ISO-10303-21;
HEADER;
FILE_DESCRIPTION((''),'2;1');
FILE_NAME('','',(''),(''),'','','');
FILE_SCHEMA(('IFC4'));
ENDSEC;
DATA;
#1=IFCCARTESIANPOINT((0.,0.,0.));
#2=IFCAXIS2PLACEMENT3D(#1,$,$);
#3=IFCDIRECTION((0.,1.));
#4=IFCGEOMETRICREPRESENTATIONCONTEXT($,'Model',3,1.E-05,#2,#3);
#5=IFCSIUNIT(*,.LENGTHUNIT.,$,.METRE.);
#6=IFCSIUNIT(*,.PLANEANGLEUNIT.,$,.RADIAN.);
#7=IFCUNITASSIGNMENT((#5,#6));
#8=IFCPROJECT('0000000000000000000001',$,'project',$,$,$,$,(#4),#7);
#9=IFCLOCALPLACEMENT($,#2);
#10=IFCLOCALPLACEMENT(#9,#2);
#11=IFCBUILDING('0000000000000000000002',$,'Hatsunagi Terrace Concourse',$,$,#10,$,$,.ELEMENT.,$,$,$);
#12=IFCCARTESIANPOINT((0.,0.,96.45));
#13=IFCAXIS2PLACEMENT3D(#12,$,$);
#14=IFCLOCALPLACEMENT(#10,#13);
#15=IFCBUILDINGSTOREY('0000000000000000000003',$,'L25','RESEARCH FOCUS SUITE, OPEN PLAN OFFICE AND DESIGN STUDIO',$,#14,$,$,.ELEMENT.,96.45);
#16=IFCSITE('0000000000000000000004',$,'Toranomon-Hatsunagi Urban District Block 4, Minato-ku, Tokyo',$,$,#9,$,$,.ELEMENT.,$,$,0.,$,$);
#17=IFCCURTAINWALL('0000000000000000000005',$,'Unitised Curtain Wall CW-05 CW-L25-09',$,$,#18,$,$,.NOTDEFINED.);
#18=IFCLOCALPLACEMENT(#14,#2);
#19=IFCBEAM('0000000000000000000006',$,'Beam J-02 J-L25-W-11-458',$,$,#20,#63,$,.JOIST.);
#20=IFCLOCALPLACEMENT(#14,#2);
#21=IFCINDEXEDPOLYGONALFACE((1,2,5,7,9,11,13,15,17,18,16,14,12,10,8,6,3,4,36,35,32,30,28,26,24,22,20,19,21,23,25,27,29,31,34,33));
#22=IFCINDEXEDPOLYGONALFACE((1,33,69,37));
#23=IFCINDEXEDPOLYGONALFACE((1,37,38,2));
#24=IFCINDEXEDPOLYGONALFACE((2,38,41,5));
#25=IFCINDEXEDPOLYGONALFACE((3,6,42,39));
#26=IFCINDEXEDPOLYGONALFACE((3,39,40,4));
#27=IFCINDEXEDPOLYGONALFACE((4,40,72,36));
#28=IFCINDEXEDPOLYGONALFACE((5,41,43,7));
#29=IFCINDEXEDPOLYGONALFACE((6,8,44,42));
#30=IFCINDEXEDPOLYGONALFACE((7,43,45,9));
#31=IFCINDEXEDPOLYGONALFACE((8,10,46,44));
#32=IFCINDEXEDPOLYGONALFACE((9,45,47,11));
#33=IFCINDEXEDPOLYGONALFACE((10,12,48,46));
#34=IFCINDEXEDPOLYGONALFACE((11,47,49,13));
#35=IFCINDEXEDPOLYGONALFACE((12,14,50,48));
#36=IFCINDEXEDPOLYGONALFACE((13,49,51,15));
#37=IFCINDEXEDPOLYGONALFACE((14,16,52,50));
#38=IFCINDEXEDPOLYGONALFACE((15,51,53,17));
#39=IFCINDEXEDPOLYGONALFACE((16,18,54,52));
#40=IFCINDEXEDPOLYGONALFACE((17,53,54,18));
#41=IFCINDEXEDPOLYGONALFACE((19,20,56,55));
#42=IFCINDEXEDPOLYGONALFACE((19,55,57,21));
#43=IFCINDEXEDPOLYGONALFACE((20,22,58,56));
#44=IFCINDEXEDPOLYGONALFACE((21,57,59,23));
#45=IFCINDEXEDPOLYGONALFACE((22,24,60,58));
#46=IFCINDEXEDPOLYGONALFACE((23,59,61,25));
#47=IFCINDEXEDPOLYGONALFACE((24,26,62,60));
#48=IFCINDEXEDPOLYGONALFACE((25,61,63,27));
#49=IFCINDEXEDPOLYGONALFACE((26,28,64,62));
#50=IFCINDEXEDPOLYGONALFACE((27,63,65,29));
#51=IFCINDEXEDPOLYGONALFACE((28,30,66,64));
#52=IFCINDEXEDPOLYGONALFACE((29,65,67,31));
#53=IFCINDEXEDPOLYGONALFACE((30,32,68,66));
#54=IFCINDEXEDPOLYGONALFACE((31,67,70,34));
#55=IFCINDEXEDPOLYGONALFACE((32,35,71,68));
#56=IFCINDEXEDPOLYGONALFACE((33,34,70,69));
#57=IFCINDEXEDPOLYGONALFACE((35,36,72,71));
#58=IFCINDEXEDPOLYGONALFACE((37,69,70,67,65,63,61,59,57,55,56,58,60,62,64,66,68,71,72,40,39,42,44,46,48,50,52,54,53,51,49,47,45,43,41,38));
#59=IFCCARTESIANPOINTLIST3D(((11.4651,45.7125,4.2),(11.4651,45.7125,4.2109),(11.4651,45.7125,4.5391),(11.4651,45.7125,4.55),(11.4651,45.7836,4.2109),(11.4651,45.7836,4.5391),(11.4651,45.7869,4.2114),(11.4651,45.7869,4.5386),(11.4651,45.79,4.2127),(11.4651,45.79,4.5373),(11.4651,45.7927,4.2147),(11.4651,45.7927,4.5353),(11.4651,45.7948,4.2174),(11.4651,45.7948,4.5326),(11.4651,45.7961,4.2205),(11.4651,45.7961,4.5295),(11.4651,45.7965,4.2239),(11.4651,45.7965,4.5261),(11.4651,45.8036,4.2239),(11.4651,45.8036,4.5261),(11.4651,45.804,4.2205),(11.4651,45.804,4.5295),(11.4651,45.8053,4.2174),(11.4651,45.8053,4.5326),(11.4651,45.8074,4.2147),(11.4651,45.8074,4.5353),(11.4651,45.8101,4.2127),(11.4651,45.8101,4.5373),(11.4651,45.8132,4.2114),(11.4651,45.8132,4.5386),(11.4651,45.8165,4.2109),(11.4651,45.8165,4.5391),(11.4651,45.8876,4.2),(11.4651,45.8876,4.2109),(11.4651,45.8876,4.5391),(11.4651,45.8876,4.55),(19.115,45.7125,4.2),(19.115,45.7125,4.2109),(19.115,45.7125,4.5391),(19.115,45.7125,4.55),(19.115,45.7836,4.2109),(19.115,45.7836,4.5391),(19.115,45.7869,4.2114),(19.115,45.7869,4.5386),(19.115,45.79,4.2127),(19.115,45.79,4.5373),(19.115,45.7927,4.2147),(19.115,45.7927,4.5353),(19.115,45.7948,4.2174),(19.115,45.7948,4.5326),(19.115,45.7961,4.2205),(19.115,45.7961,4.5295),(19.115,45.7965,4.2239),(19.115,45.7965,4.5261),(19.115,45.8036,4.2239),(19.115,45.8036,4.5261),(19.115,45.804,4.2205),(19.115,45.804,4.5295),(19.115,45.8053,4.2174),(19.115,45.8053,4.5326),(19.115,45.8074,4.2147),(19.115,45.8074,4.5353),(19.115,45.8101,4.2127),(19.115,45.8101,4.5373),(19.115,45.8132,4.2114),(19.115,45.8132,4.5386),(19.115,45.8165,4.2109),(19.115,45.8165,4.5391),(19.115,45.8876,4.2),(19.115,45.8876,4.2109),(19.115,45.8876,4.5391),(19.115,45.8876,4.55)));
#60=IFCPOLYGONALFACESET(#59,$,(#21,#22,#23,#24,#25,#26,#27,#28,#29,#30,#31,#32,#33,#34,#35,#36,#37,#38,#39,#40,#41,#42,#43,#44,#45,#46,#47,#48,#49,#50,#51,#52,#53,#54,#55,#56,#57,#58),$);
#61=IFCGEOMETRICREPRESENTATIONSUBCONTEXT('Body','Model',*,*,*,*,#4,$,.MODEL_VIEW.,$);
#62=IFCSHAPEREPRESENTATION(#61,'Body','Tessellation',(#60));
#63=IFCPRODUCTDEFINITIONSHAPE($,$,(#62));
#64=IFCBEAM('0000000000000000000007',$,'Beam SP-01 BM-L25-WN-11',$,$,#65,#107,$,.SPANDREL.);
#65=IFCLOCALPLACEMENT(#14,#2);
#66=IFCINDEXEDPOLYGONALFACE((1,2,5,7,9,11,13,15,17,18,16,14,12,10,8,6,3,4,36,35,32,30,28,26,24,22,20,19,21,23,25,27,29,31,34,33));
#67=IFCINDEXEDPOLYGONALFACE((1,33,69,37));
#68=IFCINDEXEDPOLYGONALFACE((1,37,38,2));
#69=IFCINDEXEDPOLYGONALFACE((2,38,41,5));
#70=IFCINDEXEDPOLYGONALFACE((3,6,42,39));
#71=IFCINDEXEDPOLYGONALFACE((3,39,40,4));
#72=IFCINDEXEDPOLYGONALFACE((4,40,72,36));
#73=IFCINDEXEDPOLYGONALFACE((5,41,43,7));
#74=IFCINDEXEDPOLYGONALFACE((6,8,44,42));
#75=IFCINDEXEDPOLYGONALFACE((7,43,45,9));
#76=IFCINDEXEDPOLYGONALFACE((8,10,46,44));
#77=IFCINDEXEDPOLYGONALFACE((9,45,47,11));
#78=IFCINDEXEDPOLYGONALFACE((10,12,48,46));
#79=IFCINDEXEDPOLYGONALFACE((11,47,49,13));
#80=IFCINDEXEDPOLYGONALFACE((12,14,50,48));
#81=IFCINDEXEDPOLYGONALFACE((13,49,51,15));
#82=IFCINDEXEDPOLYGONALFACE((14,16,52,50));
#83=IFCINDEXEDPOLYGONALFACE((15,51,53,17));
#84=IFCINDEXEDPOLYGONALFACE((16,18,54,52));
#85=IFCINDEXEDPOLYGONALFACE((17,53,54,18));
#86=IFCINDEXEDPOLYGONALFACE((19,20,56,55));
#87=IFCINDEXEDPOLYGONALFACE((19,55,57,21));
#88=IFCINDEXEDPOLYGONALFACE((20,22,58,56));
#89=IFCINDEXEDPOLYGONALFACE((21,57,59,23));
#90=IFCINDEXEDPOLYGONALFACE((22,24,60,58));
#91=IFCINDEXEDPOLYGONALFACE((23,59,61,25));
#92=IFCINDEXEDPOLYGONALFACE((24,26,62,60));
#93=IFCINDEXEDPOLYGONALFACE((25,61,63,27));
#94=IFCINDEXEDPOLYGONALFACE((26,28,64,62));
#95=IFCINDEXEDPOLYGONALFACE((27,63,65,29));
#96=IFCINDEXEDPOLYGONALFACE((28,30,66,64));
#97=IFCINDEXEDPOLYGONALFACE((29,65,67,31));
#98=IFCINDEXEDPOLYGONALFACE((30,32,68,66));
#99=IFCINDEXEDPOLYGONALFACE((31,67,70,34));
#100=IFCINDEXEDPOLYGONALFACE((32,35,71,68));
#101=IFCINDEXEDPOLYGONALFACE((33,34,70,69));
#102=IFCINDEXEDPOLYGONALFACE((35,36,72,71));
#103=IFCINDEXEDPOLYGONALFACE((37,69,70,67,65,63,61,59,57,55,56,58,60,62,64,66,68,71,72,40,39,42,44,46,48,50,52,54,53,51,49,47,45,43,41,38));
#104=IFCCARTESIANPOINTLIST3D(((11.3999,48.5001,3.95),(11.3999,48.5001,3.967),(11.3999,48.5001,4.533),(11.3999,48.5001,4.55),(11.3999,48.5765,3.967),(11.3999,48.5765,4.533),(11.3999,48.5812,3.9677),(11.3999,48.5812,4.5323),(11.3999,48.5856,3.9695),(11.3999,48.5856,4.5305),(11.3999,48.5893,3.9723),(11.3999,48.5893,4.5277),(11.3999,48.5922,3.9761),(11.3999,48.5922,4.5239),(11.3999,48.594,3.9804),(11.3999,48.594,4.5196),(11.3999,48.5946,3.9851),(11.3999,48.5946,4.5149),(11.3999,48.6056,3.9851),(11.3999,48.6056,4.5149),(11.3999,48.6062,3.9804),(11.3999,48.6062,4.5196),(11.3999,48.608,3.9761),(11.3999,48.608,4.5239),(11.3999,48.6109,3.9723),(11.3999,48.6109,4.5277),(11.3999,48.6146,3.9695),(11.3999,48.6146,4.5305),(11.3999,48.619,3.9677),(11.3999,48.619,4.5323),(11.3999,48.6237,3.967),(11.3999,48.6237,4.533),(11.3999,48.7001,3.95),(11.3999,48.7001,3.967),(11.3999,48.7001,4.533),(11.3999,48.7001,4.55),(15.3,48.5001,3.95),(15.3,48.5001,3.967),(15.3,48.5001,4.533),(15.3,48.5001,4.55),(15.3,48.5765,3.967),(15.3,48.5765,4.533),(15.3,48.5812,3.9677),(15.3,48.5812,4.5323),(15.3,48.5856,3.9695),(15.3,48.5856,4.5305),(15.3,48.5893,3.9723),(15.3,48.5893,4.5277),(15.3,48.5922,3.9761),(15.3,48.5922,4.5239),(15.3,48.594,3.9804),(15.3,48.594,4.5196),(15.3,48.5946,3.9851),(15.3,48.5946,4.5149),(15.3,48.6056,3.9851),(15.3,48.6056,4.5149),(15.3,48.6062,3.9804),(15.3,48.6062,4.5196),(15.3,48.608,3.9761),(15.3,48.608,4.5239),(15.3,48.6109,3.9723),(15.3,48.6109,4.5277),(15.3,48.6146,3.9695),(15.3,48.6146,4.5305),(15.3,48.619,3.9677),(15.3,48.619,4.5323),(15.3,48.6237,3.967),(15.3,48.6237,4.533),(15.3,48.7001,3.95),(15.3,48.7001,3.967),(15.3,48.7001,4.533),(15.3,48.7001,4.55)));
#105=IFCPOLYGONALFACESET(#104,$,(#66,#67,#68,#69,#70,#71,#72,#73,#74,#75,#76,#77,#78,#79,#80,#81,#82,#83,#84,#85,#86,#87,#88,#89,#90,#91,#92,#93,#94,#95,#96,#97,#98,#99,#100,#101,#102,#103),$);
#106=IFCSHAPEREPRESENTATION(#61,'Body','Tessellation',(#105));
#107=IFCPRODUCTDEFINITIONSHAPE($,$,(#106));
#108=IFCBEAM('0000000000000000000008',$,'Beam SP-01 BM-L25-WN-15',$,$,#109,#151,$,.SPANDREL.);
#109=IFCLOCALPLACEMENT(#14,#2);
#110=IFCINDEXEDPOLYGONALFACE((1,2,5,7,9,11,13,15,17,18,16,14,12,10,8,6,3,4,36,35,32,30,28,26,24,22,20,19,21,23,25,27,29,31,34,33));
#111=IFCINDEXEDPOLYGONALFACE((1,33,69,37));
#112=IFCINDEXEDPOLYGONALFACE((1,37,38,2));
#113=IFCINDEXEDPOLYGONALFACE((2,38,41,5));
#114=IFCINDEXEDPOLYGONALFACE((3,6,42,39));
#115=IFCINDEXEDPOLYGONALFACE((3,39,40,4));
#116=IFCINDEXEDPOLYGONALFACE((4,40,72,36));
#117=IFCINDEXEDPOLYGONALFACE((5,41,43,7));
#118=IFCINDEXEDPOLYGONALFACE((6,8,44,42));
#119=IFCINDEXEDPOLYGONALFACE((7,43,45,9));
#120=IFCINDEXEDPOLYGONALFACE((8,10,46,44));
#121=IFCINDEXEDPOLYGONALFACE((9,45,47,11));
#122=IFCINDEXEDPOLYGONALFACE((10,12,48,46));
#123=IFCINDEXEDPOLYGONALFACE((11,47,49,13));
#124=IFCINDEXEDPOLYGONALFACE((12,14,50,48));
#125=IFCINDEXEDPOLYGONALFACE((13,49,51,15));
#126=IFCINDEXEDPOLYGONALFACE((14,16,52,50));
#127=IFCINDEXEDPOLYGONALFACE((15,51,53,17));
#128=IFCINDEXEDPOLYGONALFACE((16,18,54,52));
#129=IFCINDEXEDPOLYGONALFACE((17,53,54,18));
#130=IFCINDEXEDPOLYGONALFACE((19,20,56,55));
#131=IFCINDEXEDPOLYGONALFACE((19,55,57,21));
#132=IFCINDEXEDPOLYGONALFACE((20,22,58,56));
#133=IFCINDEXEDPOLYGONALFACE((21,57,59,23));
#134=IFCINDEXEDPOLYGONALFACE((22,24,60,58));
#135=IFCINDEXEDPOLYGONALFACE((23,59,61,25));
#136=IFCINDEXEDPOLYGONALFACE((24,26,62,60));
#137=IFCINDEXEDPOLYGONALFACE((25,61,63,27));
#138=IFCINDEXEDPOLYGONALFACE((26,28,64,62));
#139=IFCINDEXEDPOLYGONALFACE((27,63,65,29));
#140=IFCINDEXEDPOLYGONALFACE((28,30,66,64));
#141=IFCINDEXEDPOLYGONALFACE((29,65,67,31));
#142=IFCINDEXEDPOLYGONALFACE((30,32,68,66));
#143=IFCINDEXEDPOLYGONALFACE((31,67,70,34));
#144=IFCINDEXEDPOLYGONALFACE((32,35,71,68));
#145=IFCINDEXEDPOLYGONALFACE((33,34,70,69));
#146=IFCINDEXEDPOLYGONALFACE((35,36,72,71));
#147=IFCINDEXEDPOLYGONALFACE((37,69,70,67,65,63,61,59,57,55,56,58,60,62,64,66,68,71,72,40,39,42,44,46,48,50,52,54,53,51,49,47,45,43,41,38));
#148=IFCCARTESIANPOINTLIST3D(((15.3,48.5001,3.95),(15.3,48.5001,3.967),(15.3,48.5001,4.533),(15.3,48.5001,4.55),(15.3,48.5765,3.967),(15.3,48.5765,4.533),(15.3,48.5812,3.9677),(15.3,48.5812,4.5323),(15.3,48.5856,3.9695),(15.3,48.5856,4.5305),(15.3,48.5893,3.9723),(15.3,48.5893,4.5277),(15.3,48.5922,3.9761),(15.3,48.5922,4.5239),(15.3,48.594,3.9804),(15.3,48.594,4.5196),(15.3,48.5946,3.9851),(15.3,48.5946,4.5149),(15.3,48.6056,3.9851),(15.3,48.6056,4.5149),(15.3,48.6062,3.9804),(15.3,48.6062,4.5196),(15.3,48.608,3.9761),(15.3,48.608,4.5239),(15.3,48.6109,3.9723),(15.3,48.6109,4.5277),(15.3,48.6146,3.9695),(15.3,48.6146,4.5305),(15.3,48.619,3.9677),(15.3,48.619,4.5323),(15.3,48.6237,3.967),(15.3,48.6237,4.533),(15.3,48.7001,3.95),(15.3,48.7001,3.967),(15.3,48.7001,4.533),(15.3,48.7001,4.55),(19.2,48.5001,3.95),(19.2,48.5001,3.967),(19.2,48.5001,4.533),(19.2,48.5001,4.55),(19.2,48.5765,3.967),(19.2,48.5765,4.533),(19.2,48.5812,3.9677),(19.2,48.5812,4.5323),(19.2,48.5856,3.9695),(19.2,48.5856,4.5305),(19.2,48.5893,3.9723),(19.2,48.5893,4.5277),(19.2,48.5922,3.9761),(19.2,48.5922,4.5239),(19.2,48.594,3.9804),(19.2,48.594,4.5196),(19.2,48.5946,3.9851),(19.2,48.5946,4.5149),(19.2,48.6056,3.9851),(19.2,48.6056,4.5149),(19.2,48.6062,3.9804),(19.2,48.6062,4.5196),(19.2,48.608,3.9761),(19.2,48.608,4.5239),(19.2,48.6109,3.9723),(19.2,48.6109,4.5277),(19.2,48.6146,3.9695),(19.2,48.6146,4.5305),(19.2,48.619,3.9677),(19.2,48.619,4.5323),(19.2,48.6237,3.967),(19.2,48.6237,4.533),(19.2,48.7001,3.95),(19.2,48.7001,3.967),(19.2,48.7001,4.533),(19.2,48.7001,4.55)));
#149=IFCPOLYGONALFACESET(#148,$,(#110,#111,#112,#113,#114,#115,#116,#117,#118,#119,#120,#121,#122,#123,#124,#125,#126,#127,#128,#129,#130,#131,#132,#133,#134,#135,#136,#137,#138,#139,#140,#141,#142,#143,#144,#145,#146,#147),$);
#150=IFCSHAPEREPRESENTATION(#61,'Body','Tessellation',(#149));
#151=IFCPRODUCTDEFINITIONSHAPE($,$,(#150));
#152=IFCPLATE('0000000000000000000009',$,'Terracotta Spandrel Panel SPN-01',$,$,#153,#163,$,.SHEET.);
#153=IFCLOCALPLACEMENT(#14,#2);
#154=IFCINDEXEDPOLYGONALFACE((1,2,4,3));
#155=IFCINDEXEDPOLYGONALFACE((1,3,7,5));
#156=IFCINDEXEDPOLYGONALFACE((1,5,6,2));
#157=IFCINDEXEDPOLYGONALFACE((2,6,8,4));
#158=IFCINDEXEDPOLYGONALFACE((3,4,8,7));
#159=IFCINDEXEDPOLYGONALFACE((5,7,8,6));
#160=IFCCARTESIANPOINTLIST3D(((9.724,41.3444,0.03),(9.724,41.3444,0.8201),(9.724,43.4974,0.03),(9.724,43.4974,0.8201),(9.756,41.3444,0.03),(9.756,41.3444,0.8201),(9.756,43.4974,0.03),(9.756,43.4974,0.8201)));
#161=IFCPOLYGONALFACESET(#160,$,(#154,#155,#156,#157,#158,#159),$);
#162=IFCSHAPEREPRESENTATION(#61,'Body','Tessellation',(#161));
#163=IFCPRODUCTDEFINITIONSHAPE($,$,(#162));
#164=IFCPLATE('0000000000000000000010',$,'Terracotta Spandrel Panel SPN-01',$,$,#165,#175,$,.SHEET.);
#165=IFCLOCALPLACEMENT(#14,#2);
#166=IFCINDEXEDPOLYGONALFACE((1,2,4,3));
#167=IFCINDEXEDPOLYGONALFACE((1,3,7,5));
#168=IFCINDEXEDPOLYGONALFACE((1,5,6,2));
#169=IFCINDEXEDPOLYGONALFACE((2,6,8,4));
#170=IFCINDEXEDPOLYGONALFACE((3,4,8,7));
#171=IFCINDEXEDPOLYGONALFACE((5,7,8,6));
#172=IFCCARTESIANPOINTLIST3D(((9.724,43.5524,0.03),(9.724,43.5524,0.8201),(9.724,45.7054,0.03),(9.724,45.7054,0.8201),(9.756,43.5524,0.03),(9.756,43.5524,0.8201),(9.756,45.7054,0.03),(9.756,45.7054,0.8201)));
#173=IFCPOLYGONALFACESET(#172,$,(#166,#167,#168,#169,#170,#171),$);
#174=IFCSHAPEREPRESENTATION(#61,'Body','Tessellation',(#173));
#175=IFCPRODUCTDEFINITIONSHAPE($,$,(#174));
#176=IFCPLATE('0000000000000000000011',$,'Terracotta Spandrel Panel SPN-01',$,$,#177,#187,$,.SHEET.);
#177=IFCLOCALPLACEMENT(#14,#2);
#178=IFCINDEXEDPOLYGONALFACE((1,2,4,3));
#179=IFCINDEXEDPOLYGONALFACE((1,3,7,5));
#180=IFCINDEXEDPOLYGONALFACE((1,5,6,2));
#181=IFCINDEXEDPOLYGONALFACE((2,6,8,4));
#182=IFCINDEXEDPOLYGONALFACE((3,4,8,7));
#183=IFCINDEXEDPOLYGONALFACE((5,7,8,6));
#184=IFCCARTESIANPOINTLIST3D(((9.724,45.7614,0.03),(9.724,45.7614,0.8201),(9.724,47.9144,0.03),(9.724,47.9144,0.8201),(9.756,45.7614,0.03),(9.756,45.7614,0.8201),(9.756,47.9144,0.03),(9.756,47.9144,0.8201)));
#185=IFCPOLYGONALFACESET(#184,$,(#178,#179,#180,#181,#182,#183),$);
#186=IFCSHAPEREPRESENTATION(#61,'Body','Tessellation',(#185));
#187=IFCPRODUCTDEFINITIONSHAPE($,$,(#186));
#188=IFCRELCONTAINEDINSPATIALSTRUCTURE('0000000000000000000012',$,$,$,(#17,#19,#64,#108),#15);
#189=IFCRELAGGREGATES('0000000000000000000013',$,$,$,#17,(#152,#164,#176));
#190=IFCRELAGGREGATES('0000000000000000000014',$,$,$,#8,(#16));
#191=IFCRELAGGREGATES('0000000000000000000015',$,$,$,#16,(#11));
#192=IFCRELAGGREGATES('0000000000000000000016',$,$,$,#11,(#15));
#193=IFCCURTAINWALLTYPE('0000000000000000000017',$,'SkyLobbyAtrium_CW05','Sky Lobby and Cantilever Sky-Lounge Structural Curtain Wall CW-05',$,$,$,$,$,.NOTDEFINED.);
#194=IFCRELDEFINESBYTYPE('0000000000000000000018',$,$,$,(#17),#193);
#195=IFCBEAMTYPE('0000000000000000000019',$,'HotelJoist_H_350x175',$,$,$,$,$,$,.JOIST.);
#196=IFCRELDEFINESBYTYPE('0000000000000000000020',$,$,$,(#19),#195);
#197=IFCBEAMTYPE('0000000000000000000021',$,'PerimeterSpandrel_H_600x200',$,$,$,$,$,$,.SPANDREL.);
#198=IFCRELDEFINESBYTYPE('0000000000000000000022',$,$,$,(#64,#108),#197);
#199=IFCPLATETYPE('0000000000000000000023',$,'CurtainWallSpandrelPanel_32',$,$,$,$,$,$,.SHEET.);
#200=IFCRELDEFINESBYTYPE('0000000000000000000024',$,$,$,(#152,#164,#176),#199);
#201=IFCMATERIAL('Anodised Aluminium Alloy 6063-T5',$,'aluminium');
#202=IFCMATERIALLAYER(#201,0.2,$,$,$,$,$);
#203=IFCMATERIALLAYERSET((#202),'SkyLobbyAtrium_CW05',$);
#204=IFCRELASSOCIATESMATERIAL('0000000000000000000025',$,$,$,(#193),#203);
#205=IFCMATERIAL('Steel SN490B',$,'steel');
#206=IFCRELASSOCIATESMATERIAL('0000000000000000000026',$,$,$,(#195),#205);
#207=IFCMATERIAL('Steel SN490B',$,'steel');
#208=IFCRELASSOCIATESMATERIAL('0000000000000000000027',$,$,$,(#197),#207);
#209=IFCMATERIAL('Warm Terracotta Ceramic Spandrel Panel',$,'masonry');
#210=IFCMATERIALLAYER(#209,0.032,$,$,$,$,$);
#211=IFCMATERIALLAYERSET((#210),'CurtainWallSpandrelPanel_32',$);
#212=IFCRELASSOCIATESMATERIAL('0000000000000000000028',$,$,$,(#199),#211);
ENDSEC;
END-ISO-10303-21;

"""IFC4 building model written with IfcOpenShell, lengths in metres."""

from ifc_helpers import new_model, si_unit, direction, frame, origin, origin_2d, place, context, subcontext, project, spatial, rectangle, i_section, extrude, material, layer, layer_set, material_profile, profile_set, type_object, element, aggregate, save


model = new_model("IFC4")

# Units and contexts
model_context = context("Model", 3, precision=1e-05, world=origin(), true_north=direction((0.0, 1.0)))
body_context = subcontext(model_context, "Body", "Model", "MODEL_VIEW")
ifc_project = project(units=[si_unit("LENGTHUNIT", "METRE"), si_unit("PLANEANGLEUNIT", "RADIAN")], contexts=[model_context])

# Site, building, storey
site_placement = place(None, origin())
site = spatial("IfcSite", under=ifc_project, at=site_placement, Name="Toranomon-Hatsunagi Urban District Block 4, Minato-ku, Tokyo", CompositionType="ELEMENT", RefElevation=0.0)
building_placement = place(site_placement, origin())
building = spatial("IfcBuilding", under=site, at=building_placement, Name="Hatsunagi Terrace Concourse", CompositionType="ELEMENT")
storey_placement = place(building_placement, frame((0.0, 0.0, 96.45)))
storey = spatial("IfcBuildingStorey", under=building, at=storey_placement, Name="L25", Description="RESEARCH FOCUS SUITE, OPEN PLAN OFFICE AND DESIGN STUDIO", CompositionType="ELEMENT", Elevation=96.45)

# Curtain wall
ifc_material_1 = material(Name="Anodised Aluminium Alloy 6063-T5", Category="aluminium")
ifc_layer_1 = layer(ifc_material_1, 0.2)
ifc_layer_set_1 = layer_set([ifc_layer_1], Name="SkyLobbyAtrium_CW05")
curtain_wall_type = type_object("IfcCurtainWallType", Name="SkyLobbyAtrium_CW05", Description="Sky Lobby and Cantilever Sky-Lounge Structural Curtain Wall CW-05", PredefinedType="NOTDEFINED", material=ifc_layer_set_1)
curtain_wall_placement = place(storey_placement, origin())
curtain_wall = element("IfcCurtainWall", 1, at=curtain_wall_placement, inside=storey, type_object=curtain_wall_type, Name="Unitised Curtain Wall CW-05 CW-L25-09", PredefinedType="NOTDEFINED")

# Beams
ifc_material_2 = material(Name="Steel SN490B", Category="steel")
ifc_material_profile_1 = material_profile(ifc_material_2, i_section(OverallWidth=0.175, OverallDepth=0.3501, WebThickness=0.0071, FlangeThickness=0.011, FilletRadius=0.0129, at=origin_2d()), Name="H-350x175x7x11")
ifc_profile_set_1 = profile_set([ifc_material_profile_1], Name="Steel SN490B")
beam_type_1 = type_object("IfcBeamType", Name="HotelJoist_H_350x175", PredefinedType="JOIST", material=ifc_profile_set_1)
for number, where, z_axis, x_axis, name in (
    (2, (11.4651, 45.8, 4.375), (1.0, 0.0, 0.0), (0.0, 1.0, 0.0), "Beam J-02 J-L25-W-11-458"),
):
    element("IfcBeam", number, at=place(storey_placement, frame(where, z_axis=z_axis, x_axis=x_axis)), inside=storey, type_object=beam_type_1, Name=name, PredefinedType="JOIST", context=body_context, shape_type="SweptSolid", body=[
        extrude(i_section(OverallWidth=0.175, OverallDepth=0.3501, WebThickness=0.0071, FlangeThickness=0.011, FilletRadius=0.0129, at=origin_2d()), origin(), (0.0, 0.0, 1.0), 7.6499),
    ])
ifc_material_3 = material(Name="Steel SN490B", Category="steel")
ifc_material_profile_2 = material_profile(ifc_material_3, i_section(OverallWidth=0.2, OverallDepth=0.6001, WebThickness=0.011, FlangeThickness=0.0171, FilletRadius=0.0181, at=origin_2d()), Name="H-600x200x11x17")
ifc_profile_set_2 = profile_set([ifc_material_profile_2], Name="Steel SN490B")
beam_type_2 = type_object("IfcBeamType", Name="PerimeterSpandrel_H_600x200", PredefinedType="SPANDREL", material=ifc_profile_set_2)
beam_1_placement = place(storey_placement, frame((11.3999, 48.6001, 4.25), z_axis=(1.0, 0.0, 0.0), x_axis=(0.0, 1.0, 0.0)))
element("IfcBeam", 3, at=beam_1_placement, inside=storey, type_object=beam_type_2, Name="Beam SP-01 BM-L25-WN-11", PredefinedType="SPANDREL", context=body_context, shape_type="SweptSolid", body=[
    extrude(i_section(OverallWidth=0.2, OverallDepth=0.6001, WebThickness=0.011, FlangeThickness=0.0171, FilletRadius=0.0181, at=origin_2d()), origin(), (0.0, 0.0, 1.0), 3.9001),
])
beam_2_placement = place(storey_placement, frame((15.3, 48.6001, 4.25), z_axis=(1.0, 0.0, 0.0), x_axis=(0.0, 1.0, 0.0)))
element("IfcBeam", 4, at=beam_2_placement, inside=storey, type_object=beam_type_2, Name="Beam SP-01 BM-L25-WN-15", PredefinedType="SPANDREL", context=body_context, shape_type="SweptSolid", body=[
    extrude(i_section(OverallWidth=0.2, OverallDepth=0.6001, WebThickness=0.011, FlangeThickness=0.0171, FilletRadius=0.0181, at=origin_2d()), origin(), (0.0, 0.0, 1.0), 3.8999),
])

# Plates
ifc_material_4 = material(Name="Warm Terracotta Ceramic Spandrel Panel", Category="masonry")
ifc_layer_2 = layer(ifc_material_4, 0.032)
ifc_layer_set_2 = layer_set([ifc_layer_2], Name="CurtainWallSpandrelPanel_32")
plate_type_1 = type_object("IfcPlateType", Name="CurtainWallSpandrelPanel_32", PredefinedType="SHEET", material=ifc_layer_set_2)
plate_1_placement = place(storey_placement, frame((9.74, 42.4209, 0.03), z_axis=(0.0, 0.0, 1.0), x_axis=(0.0, 1.0, 0.0)))
plate_1 = element("IfcPlate", 5, at=plate_1_placement, type_object=plate_type_1, Name="Terracotta Spandrel Panel SPN-01", PredefinedType="SHEET", context=body_context, shape_type="SweptSolid", body=[
    extrude(rectangle(XDim=2.1531, YDim=0.032, at=origin_2d()), origin(), (0.0, 0.0, 1.0), 0.79),
])
plate_2_placement = place(storey_placement, frame((9.74, 44.6289, 0.03), z_axis=(0.0, 0.0, 1.0), x_axis=(0.0, 1.0, 0.0)))
plate_2 = element("IfcPlate", 6, at=plate_2_placement, type_object=plate_type_1, Name="Terracotta Spandrel Panel SPN-01", PredefinedType="SHEET", context=body_context, shape_type="SweptSolid", body=[
    extrude(rectangle(XDim=2.1531, YDim=0.032, at=origin_2d()), origin(), (0.0, 0.0, 1.0), 0.79),
])
plate_3_placement = place(storey_placement, frame((9.74, 46.8379, 0.03), z_axis=(0.0, 0.0, 1.0), x_axis=(0.0, 1.0, 0.0)))
plate_3 = element("IfcPlate", 7, at=plate_3_placement, type_object=plate_type_1, Name="Terracotta Spandrel Panel SPN-01", PredefinedType="SHEET", context=body_context, shape_type="SweptSolid", body=[
    extrude(rectangle(XDim=2.1531, YDim=0.032, at=origin_2d()), origin(), (0.0, 0.0, 1.0), 0.79),
])
aggregate(curtain_wall, [plate_1, plate_2, plate_3])

save(model, "model.ifc")
